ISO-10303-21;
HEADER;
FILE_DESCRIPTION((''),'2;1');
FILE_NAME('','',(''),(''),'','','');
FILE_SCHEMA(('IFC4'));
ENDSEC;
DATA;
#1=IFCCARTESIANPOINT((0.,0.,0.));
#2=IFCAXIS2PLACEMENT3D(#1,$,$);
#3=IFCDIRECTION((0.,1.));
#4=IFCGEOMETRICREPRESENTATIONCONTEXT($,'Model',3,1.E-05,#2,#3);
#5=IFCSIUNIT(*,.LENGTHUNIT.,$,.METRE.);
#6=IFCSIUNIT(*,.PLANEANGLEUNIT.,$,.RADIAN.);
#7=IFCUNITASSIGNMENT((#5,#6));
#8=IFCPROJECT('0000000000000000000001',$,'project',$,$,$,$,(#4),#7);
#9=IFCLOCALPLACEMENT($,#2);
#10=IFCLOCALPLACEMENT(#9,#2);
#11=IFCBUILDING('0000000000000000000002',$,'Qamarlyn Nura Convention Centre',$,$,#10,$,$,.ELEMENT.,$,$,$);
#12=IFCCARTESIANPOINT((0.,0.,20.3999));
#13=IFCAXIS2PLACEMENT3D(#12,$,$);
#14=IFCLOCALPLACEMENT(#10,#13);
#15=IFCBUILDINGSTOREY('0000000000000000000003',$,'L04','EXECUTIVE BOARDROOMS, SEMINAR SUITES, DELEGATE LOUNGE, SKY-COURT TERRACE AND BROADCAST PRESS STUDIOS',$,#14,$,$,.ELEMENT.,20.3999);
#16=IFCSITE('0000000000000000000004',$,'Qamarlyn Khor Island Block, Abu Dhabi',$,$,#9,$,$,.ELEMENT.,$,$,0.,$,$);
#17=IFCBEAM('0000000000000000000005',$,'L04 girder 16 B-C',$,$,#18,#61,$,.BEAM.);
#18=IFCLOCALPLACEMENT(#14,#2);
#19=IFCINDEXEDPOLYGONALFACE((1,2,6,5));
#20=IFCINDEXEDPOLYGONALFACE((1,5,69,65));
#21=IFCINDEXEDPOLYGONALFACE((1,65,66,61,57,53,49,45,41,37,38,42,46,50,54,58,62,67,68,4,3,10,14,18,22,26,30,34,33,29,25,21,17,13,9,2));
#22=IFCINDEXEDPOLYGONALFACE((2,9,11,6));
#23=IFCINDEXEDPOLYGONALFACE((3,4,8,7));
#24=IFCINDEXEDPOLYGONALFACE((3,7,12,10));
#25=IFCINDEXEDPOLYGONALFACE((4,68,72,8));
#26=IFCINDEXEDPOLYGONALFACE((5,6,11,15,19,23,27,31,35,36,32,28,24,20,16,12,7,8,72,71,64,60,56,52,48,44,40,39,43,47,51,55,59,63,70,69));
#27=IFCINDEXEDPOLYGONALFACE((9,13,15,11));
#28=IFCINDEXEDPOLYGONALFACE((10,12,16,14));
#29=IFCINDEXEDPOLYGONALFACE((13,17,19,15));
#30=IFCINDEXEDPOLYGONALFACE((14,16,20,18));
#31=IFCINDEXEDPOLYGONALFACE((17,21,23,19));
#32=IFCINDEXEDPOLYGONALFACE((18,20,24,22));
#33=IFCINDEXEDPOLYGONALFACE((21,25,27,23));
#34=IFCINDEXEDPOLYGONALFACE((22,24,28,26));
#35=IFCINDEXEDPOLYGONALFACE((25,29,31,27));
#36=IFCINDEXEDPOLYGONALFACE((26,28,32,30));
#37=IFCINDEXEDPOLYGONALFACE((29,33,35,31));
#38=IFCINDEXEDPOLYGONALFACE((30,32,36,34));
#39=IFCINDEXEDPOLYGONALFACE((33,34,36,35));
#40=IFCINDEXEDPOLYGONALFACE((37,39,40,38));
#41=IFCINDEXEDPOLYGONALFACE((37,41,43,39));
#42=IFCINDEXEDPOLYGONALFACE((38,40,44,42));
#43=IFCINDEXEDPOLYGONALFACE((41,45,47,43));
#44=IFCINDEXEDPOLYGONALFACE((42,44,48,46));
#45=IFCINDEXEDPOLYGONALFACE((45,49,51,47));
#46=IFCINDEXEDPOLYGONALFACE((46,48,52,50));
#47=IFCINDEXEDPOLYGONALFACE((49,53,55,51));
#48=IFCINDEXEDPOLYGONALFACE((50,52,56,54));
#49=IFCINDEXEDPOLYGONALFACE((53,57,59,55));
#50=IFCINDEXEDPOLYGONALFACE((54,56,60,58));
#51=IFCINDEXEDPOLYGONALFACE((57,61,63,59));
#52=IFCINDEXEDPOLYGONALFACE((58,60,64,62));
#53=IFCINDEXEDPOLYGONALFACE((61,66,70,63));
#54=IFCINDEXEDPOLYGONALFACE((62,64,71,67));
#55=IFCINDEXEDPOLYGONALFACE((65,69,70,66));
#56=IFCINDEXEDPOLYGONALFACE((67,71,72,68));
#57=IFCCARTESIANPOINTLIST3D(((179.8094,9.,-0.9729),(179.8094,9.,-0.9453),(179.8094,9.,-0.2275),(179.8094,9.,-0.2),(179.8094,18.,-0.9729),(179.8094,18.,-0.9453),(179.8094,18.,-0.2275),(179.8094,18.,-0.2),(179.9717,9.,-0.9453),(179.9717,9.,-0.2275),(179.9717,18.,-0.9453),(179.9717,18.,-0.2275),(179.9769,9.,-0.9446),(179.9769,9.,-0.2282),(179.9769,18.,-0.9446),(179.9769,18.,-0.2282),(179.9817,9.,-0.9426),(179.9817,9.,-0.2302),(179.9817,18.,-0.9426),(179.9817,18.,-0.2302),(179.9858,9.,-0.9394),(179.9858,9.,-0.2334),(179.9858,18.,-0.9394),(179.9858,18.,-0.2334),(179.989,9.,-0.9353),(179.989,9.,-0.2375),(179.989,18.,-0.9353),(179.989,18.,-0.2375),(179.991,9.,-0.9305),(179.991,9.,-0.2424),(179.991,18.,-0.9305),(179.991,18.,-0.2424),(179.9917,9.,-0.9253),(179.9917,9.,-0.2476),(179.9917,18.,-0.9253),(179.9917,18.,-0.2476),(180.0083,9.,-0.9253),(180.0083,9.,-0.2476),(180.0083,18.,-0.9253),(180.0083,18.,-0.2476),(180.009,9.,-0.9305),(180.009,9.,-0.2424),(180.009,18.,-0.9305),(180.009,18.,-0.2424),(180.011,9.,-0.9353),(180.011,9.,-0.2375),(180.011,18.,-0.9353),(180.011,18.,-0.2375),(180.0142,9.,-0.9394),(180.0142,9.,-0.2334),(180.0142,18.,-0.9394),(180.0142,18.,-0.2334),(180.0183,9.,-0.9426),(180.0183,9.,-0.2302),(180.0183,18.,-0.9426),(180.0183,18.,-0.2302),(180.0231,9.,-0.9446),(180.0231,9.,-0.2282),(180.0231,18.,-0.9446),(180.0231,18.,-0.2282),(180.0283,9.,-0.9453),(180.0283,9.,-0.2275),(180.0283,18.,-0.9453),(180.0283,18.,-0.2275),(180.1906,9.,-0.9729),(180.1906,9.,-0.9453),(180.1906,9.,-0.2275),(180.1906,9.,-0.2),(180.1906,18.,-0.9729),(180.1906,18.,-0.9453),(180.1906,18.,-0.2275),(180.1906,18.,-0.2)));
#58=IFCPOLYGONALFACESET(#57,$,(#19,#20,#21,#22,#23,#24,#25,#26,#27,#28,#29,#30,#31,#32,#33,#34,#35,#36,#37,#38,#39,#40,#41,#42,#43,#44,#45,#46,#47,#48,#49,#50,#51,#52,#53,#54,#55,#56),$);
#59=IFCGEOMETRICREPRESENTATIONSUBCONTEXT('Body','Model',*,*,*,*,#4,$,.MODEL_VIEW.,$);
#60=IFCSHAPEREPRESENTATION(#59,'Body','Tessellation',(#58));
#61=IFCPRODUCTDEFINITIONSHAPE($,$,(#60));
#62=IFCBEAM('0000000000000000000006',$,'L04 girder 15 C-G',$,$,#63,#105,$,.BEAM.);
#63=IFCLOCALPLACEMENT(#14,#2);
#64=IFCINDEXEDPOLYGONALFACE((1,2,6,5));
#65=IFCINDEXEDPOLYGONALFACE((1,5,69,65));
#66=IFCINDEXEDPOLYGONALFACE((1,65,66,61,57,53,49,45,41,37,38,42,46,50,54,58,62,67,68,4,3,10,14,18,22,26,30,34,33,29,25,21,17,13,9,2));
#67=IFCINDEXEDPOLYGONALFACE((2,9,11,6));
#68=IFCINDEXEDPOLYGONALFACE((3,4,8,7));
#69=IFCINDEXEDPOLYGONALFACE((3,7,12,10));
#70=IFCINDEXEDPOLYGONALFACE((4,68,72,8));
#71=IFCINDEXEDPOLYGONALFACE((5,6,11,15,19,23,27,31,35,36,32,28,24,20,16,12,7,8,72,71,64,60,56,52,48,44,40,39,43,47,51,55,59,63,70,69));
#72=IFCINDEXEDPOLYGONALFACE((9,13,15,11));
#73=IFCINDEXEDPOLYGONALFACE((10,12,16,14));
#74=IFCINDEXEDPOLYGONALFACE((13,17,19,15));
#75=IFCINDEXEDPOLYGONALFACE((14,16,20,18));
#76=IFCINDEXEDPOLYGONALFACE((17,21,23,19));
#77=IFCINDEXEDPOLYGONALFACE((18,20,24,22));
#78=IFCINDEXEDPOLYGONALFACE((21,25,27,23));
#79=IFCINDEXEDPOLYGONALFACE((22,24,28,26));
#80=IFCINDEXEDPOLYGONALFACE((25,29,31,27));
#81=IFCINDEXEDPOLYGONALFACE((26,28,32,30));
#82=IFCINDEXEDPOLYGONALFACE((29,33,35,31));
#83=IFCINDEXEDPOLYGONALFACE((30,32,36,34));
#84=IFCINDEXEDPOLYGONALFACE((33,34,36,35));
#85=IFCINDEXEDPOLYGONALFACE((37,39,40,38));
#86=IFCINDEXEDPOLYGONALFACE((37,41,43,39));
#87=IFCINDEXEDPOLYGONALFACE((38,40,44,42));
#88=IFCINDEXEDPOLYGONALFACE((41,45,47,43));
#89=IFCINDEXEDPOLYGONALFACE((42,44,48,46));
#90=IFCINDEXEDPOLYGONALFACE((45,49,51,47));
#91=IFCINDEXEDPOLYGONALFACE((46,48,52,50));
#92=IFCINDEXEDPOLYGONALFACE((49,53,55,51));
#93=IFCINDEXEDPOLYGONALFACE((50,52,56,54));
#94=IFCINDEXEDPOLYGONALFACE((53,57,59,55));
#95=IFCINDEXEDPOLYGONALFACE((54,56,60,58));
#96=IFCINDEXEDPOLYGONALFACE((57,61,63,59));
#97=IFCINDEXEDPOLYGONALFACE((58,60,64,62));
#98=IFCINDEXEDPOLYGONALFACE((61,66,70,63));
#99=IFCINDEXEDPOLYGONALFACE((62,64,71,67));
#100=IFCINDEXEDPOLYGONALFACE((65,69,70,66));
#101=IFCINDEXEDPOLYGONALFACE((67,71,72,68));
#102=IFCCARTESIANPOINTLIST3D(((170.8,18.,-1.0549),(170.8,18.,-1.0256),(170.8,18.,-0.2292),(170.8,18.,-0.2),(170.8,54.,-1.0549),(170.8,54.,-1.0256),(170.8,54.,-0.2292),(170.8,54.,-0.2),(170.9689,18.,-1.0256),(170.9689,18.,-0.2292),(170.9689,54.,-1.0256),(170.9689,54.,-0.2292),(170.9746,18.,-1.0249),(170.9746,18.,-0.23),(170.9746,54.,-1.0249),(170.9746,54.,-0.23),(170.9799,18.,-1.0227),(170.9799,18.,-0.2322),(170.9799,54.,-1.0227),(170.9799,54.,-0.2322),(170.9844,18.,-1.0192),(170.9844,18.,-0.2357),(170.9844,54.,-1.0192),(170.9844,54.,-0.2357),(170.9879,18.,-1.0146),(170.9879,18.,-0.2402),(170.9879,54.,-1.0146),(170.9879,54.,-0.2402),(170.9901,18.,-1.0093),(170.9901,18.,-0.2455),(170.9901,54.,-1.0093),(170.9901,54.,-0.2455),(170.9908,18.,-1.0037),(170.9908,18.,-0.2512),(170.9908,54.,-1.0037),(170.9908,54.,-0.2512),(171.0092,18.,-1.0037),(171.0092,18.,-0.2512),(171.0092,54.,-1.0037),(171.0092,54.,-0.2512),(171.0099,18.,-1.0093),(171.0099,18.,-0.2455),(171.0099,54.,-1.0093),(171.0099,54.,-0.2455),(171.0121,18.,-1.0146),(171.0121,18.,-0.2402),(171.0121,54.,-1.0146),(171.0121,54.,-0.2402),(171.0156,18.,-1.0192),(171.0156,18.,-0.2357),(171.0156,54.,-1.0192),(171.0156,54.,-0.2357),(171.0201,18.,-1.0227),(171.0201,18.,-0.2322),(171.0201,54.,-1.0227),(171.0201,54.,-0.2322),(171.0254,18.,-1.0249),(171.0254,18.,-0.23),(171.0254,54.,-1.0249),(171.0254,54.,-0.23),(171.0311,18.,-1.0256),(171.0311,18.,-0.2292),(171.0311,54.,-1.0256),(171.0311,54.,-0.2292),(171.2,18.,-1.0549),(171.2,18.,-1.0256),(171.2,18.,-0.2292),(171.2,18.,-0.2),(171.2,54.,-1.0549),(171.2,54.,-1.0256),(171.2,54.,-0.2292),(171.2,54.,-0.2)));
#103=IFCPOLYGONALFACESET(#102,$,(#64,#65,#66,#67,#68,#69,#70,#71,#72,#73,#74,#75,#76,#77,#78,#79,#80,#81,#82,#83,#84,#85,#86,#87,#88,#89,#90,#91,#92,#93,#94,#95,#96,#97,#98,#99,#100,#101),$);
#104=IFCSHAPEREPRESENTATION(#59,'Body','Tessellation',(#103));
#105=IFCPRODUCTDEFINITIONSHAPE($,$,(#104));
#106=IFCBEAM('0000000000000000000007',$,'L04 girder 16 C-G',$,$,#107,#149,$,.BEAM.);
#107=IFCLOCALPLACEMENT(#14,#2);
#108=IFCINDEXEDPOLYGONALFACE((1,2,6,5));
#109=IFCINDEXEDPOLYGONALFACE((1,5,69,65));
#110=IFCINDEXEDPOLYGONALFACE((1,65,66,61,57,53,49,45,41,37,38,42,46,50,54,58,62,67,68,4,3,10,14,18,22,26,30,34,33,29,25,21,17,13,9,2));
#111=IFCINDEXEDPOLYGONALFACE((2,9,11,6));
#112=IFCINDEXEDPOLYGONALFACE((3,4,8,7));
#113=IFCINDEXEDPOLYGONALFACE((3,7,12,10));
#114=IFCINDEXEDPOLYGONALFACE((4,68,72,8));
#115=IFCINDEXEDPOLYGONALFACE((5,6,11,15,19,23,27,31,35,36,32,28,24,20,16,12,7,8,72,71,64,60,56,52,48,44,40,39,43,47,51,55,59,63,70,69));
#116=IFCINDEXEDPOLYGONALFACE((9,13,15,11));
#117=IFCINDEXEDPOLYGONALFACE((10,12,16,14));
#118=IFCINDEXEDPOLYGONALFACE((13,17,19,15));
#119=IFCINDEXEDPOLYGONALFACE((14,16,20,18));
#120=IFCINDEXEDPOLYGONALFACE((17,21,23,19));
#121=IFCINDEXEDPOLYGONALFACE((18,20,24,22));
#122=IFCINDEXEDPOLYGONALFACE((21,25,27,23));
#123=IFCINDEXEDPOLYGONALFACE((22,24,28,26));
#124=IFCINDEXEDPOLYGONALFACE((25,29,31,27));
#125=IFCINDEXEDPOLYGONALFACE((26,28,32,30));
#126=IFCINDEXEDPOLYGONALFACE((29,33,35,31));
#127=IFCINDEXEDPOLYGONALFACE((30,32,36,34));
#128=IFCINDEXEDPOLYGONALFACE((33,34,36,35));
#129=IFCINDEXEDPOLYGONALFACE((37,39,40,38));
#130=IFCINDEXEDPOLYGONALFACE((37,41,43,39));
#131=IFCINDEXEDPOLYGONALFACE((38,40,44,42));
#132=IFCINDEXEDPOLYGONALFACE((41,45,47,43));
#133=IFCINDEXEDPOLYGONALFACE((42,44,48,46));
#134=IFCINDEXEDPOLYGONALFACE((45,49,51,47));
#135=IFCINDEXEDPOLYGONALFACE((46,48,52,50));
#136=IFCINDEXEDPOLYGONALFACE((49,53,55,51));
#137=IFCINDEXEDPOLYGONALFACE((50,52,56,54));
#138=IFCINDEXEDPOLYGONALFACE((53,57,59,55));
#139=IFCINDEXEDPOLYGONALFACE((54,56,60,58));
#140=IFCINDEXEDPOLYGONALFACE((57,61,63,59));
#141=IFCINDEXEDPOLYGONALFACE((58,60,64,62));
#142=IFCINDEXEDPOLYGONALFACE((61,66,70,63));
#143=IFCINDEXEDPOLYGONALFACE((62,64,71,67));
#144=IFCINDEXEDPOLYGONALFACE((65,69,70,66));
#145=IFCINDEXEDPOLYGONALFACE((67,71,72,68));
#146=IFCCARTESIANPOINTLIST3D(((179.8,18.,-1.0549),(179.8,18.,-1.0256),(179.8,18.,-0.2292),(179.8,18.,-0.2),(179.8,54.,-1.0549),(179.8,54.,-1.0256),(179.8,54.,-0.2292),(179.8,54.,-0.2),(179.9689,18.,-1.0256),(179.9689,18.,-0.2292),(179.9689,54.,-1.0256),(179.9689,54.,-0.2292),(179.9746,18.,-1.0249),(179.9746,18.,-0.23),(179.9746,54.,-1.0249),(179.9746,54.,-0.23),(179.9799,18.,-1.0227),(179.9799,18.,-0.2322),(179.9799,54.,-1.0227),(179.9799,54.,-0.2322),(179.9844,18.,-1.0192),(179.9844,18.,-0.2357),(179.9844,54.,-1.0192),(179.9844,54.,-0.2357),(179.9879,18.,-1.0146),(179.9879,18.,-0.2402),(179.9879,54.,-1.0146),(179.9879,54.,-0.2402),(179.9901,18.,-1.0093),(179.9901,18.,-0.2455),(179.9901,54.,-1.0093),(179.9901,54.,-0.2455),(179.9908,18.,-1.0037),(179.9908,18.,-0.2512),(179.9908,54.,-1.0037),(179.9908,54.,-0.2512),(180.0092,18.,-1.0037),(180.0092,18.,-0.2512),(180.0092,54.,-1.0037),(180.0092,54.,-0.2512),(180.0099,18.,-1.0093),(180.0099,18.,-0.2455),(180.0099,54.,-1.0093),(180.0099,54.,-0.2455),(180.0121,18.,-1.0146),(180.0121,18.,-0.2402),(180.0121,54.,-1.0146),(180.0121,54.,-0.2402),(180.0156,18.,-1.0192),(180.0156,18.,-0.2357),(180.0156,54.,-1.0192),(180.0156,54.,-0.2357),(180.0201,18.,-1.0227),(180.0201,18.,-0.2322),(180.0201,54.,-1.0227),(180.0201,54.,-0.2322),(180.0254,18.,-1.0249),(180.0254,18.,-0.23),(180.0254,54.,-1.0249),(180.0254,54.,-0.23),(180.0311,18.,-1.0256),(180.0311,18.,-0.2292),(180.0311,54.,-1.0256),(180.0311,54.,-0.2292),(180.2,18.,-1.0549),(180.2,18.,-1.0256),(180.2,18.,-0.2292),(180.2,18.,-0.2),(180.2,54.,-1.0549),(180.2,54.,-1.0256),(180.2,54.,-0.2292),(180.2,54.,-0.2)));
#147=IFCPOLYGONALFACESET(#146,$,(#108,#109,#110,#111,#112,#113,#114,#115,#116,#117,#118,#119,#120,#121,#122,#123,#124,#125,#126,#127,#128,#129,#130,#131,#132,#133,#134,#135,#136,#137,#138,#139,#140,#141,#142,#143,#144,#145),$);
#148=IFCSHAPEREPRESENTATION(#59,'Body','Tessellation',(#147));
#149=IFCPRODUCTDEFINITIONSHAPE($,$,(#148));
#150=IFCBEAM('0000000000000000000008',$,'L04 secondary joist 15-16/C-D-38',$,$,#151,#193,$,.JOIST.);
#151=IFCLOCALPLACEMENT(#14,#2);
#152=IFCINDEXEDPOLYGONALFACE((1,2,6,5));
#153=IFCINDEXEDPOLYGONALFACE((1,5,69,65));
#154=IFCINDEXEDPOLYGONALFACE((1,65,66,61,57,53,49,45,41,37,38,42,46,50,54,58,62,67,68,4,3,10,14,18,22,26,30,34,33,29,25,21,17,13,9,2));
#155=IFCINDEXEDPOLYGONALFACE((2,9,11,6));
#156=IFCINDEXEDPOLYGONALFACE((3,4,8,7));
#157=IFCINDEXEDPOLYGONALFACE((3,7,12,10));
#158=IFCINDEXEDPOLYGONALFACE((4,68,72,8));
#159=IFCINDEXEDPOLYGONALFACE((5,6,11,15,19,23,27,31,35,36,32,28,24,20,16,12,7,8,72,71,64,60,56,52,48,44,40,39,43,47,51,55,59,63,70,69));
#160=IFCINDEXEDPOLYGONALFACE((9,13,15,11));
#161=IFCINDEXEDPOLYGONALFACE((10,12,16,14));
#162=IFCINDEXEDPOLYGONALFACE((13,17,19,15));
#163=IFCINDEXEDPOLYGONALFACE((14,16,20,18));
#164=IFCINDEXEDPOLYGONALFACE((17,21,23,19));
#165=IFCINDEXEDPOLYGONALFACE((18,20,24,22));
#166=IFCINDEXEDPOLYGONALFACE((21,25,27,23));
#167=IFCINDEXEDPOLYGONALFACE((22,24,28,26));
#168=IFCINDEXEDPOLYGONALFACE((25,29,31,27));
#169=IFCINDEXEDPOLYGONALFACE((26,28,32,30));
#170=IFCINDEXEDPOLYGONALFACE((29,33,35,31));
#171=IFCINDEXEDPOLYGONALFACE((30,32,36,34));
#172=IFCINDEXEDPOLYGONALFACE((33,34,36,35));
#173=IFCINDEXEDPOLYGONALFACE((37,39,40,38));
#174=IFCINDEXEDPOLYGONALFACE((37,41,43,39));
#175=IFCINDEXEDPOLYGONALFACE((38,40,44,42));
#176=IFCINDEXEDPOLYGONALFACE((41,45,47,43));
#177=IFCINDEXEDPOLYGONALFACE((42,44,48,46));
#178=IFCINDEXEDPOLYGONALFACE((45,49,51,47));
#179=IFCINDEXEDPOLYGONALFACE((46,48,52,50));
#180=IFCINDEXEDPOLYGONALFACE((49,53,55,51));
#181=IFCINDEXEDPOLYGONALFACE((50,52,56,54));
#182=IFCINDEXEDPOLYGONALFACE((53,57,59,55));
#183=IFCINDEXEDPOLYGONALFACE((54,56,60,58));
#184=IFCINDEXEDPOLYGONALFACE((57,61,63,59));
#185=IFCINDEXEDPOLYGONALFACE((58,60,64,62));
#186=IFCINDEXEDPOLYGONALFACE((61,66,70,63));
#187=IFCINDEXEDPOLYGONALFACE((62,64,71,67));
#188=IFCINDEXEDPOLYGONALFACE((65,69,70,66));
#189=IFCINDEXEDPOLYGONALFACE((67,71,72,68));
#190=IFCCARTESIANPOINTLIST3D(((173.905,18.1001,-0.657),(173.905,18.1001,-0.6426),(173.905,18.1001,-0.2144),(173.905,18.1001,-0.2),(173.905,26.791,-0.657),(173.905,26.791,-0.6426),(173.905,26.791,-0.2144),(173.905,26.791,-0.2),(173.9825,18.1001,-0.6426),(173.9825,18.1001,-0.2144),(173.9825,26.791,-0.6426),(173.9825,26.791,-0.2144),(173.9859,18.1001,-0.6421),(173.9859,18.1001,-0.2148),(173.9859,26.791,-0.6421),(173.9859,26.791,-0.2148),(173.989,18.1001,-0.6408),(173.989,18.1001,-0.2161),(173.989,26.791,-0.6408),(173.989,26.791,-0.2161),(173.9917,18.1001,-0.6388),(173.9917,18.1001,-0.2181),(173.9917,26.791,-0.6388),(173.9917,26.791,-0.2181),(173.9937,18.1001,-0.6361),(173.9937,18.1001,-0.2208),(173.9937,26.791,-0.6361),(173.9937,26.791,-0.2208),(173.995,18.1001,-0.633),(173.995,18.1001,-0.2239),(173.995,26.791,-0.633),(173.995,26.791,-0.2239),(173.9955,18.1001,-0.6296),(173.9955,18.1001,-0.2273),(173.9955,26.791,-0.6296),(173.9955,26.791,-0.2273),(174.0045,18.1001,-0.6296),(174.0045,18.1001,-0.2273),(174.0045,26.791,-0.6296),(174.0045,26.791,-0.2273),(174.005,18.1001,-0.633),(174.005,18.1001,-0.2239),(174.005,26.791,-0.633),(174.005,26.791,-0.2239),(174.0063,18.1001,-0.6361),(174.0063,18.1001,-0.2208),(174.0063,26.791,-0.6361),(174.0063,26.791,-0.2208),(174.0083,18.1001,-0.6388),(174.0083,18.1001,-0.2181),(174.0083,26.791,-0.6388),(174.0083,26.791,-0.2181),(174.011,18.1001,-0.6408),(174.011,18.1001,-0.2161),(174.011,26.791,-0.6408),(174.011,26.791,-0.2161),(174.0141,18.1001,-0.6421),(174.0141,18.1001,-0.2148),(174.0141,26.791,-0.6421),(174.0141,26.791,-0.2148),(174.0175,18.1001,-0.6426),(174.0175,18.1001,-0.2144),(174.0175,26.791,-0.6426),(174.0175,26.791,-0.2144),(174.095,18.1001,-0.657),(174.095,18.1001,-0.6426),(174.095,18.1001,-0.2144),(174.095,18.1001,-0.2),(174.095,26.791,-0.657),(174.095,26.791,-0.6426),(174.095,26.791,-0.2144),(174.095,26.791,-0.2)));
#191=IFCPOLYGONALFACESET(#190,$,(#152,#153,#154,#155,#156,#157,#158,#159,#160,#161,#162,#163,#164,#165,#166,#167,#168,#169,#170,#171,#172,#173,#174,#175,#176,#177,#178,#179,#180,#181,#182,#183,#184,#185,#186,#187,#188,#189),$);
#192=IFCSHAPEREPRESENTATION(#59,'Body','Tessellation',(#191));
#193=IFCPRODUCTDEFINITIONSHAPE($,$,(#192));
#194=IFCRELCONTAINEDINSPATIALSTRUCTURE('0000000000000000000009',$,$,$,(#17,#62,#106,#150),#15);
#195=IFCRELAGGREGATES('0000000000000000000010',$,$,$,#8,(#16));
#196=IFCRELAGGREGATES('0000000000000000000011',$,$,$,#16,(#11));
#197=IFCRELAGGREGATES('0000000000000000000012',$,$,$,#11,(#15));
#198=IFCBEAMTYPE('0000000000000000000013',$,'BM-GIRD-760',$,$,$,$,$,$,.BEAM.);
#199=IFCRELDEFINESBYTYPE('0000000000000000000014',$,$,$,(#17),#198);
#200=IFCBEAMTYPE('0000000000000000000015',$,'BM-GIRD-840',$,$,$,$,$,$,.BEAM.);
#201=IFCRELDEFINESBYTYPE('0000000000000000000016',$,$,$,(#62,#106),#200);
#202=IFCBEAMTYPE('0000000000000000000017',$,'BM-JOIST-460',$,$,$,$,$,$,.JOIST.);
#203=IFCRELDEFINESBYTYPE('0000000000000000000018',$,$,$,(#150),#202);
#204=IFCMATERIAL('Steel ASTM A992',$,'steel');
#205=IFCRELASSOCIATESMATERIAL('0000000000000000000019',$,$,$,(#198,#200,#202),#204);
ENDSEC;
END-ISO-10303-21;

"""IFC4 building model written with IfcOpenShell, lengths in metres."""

from ifc_helpers import new_model, si_unit, direction, frame, origin, origin_2d, place, context, subcontext, project, spatial, i_section, extrude, material, material_profile, profile_set, type_object, element, save


model = new_model("IFC4")

# Units and contexts
model_context = context("Model", 3, precision=1e-05, world=origin(), true_north=direction((0.0, 1.0)))
body_context = subcontext(model_context, "Body", "Model", "MODEL_VIEW")
ifc_project = project(units=[si_unit("LENGTHUNIT", "METRE"), si_unit("PLANEANGLEUNIT", "RADIAN")], contexts=[model_context])

# Site, building, storey
site_placement = place(None, origin())
site = spatial("IfcSite", under=ifc_project, at=site_placement, Name="Qamarlyn Khor Island Block, Abu Dhabi", CompositionType="ELEMENT", RefElevation=0.0)
building_placement = place(site_placement, origin())
building = spatial("IfcBuilding", under=site, at=building_placement, Name="Qamarlyn Nura Convention Centre", CompositionType="ELEMENT")
storey_placement = place(building_placement, frame((0.0, 0.0, 20.3999)))
storey = spatial("IfcBuildingStorey", under=building, at=storey_placement, Name="L04", Description="EXECUTIVE BOARDROOMS, SEMINAR SUITES, DELEGATE LOUNGE, SKY-COURT TERRACE AND BROADCAST PRESS STUDIOS", CompositionType="ELEMENT", Elevation=20.3999)

# Shared definitions
ifc_material_1 = material(Name="Steel ASTM A992", Category="steel")

# Beams
ifc_material_profile_1 = material_profile(ifc_material_1, i_section(OverallWidth=0.3811, OverallDepth=0.7729, WebThickness=0.0166, FlangeThickness=0.0276, FilletRadius=0.02, at=origin_2d()), Name="W760X257")
ifc_profile_set_1 = profile_set([ifc_material_profile_1], Name="Steel ASTM A992")
beam_type_1 = type_object("IfcBeamType", Name="BM-GIRD-760", PredefinedType="BEAM", material=ifc_profile_set_1)
beam_1_placement = place(storey_placement, frame((180.0, 9.0, -0.5864), z_axis=(0.0, 1.0, 0.0), x_axis=(-1.0, 0.0, 0.0)))
element("IfcBeam", 1, at=beam_1_placement, inside=storey, type_object=beam_type_1, Name="L04 girder 16 B-C", PredefinedType="BEAM", context=body_context, shape_type="SweptSolid", body=[
    extrude(i_section(OverallWidth=0.3811, OverallDepth=0.7729, WebThickness=0.0166, FlangeThickness=0.0276, FilletRadius=0.02, at=origin_2d()), origin(), (0.0, 0.0, 1.0), 9.0),
])
ifc_material_profile_2 = material_profile(ifc_material_1, i_section(OverallWidth=0.3999, OverallDepth=0.855, WebThickness=0.0183, FlangeThickness=0.0293, FilletRadius=0.022, at=origin_2d()), Name="W840X299")
ifc_profile_set_2 = profile_set([ifc_material_profile_2], Name="Steel ASTM A992")
beam_type_2 = type_object("IfcBeamType", Name="BM-GIRD-840", PredefinedType="BEAM", material=ifc_profile_set_2)
for number, where, z_axis, x_axis, name in (
    (2, (171.0, 18.0, -0.6274), (0.0, 1.0, 0.0), (-1.0, 0.0, 0.0), "L04 girder 15 C-G"),
    (3, (180.0, 18.0, -0.6274), (0.0, 1.0, 0.0), (-1.0, 0.0, 0.0), "L04 girder 16 C-G"),
):
    element("IfcBeam", number, at=place(storey_placement, frame(where, z_axis=z_axis, x_axis=x_axis)), inside=storey, type_object=beam_type_2, Name=name, PredefinedType="BEAM", context=body_context, shape_type="SweptSolid", body=[
        extrude(i_section(OverallWidth=0.3999, OverallDepth=0.855, WebThickness=0.0183, FlangeThickness=0.0293, FilletRadius=0.022, at=origin_2d()), origin(), (0.0, 0.0, 1.0), 36.0),
    ])
ifc_material_profile_3 = material_profile(ifc_material_1, i_section(OverallWidth=0.1899, OverallDepth=0.457, WebThickness=0.009, FlangeThickness=0.0144, FilletRadius=0.0129, at=origin_2d()), Name="W460X74")
ifc_profile_set_3 = profile_set([ifc_material_profile_3], Name="Steel ASTM A992")
beam_type_3 = type_object("IfcBeamType", Name="BM-JOIST-460", PredefinedType="JOIST", material=ifc_profile_set_3)
for number, where, z_axis, x_axis, name in (
    (4, (174.0, 18.1001, -0.4285), (0.0, 1.0, 0.0), (-1.0, 0.0, 0.0), "L04 secondary joist 15-16/C-D-38"),
):
    element("IfcBeam", number, at=place(storey_placement, frame(where, z_axis=z_axis, x_axis=x_axis)), inside=storey, type_object=beam_type_3, Name=name, PredefinedType="JOIST", context=body_context, shape_type="SweptSolid", body=[
        extrude(i_section(OverallWidth=0.1899, OverallDepth=0.457, WebThickness=0.009, FlangeThickness=0.0144, FilletRadius=0.0129, at=origin_2d()), origin(), (0.0, 0.0, 1.0), 8.6909),
    ])

save(model, "model.ifc")
